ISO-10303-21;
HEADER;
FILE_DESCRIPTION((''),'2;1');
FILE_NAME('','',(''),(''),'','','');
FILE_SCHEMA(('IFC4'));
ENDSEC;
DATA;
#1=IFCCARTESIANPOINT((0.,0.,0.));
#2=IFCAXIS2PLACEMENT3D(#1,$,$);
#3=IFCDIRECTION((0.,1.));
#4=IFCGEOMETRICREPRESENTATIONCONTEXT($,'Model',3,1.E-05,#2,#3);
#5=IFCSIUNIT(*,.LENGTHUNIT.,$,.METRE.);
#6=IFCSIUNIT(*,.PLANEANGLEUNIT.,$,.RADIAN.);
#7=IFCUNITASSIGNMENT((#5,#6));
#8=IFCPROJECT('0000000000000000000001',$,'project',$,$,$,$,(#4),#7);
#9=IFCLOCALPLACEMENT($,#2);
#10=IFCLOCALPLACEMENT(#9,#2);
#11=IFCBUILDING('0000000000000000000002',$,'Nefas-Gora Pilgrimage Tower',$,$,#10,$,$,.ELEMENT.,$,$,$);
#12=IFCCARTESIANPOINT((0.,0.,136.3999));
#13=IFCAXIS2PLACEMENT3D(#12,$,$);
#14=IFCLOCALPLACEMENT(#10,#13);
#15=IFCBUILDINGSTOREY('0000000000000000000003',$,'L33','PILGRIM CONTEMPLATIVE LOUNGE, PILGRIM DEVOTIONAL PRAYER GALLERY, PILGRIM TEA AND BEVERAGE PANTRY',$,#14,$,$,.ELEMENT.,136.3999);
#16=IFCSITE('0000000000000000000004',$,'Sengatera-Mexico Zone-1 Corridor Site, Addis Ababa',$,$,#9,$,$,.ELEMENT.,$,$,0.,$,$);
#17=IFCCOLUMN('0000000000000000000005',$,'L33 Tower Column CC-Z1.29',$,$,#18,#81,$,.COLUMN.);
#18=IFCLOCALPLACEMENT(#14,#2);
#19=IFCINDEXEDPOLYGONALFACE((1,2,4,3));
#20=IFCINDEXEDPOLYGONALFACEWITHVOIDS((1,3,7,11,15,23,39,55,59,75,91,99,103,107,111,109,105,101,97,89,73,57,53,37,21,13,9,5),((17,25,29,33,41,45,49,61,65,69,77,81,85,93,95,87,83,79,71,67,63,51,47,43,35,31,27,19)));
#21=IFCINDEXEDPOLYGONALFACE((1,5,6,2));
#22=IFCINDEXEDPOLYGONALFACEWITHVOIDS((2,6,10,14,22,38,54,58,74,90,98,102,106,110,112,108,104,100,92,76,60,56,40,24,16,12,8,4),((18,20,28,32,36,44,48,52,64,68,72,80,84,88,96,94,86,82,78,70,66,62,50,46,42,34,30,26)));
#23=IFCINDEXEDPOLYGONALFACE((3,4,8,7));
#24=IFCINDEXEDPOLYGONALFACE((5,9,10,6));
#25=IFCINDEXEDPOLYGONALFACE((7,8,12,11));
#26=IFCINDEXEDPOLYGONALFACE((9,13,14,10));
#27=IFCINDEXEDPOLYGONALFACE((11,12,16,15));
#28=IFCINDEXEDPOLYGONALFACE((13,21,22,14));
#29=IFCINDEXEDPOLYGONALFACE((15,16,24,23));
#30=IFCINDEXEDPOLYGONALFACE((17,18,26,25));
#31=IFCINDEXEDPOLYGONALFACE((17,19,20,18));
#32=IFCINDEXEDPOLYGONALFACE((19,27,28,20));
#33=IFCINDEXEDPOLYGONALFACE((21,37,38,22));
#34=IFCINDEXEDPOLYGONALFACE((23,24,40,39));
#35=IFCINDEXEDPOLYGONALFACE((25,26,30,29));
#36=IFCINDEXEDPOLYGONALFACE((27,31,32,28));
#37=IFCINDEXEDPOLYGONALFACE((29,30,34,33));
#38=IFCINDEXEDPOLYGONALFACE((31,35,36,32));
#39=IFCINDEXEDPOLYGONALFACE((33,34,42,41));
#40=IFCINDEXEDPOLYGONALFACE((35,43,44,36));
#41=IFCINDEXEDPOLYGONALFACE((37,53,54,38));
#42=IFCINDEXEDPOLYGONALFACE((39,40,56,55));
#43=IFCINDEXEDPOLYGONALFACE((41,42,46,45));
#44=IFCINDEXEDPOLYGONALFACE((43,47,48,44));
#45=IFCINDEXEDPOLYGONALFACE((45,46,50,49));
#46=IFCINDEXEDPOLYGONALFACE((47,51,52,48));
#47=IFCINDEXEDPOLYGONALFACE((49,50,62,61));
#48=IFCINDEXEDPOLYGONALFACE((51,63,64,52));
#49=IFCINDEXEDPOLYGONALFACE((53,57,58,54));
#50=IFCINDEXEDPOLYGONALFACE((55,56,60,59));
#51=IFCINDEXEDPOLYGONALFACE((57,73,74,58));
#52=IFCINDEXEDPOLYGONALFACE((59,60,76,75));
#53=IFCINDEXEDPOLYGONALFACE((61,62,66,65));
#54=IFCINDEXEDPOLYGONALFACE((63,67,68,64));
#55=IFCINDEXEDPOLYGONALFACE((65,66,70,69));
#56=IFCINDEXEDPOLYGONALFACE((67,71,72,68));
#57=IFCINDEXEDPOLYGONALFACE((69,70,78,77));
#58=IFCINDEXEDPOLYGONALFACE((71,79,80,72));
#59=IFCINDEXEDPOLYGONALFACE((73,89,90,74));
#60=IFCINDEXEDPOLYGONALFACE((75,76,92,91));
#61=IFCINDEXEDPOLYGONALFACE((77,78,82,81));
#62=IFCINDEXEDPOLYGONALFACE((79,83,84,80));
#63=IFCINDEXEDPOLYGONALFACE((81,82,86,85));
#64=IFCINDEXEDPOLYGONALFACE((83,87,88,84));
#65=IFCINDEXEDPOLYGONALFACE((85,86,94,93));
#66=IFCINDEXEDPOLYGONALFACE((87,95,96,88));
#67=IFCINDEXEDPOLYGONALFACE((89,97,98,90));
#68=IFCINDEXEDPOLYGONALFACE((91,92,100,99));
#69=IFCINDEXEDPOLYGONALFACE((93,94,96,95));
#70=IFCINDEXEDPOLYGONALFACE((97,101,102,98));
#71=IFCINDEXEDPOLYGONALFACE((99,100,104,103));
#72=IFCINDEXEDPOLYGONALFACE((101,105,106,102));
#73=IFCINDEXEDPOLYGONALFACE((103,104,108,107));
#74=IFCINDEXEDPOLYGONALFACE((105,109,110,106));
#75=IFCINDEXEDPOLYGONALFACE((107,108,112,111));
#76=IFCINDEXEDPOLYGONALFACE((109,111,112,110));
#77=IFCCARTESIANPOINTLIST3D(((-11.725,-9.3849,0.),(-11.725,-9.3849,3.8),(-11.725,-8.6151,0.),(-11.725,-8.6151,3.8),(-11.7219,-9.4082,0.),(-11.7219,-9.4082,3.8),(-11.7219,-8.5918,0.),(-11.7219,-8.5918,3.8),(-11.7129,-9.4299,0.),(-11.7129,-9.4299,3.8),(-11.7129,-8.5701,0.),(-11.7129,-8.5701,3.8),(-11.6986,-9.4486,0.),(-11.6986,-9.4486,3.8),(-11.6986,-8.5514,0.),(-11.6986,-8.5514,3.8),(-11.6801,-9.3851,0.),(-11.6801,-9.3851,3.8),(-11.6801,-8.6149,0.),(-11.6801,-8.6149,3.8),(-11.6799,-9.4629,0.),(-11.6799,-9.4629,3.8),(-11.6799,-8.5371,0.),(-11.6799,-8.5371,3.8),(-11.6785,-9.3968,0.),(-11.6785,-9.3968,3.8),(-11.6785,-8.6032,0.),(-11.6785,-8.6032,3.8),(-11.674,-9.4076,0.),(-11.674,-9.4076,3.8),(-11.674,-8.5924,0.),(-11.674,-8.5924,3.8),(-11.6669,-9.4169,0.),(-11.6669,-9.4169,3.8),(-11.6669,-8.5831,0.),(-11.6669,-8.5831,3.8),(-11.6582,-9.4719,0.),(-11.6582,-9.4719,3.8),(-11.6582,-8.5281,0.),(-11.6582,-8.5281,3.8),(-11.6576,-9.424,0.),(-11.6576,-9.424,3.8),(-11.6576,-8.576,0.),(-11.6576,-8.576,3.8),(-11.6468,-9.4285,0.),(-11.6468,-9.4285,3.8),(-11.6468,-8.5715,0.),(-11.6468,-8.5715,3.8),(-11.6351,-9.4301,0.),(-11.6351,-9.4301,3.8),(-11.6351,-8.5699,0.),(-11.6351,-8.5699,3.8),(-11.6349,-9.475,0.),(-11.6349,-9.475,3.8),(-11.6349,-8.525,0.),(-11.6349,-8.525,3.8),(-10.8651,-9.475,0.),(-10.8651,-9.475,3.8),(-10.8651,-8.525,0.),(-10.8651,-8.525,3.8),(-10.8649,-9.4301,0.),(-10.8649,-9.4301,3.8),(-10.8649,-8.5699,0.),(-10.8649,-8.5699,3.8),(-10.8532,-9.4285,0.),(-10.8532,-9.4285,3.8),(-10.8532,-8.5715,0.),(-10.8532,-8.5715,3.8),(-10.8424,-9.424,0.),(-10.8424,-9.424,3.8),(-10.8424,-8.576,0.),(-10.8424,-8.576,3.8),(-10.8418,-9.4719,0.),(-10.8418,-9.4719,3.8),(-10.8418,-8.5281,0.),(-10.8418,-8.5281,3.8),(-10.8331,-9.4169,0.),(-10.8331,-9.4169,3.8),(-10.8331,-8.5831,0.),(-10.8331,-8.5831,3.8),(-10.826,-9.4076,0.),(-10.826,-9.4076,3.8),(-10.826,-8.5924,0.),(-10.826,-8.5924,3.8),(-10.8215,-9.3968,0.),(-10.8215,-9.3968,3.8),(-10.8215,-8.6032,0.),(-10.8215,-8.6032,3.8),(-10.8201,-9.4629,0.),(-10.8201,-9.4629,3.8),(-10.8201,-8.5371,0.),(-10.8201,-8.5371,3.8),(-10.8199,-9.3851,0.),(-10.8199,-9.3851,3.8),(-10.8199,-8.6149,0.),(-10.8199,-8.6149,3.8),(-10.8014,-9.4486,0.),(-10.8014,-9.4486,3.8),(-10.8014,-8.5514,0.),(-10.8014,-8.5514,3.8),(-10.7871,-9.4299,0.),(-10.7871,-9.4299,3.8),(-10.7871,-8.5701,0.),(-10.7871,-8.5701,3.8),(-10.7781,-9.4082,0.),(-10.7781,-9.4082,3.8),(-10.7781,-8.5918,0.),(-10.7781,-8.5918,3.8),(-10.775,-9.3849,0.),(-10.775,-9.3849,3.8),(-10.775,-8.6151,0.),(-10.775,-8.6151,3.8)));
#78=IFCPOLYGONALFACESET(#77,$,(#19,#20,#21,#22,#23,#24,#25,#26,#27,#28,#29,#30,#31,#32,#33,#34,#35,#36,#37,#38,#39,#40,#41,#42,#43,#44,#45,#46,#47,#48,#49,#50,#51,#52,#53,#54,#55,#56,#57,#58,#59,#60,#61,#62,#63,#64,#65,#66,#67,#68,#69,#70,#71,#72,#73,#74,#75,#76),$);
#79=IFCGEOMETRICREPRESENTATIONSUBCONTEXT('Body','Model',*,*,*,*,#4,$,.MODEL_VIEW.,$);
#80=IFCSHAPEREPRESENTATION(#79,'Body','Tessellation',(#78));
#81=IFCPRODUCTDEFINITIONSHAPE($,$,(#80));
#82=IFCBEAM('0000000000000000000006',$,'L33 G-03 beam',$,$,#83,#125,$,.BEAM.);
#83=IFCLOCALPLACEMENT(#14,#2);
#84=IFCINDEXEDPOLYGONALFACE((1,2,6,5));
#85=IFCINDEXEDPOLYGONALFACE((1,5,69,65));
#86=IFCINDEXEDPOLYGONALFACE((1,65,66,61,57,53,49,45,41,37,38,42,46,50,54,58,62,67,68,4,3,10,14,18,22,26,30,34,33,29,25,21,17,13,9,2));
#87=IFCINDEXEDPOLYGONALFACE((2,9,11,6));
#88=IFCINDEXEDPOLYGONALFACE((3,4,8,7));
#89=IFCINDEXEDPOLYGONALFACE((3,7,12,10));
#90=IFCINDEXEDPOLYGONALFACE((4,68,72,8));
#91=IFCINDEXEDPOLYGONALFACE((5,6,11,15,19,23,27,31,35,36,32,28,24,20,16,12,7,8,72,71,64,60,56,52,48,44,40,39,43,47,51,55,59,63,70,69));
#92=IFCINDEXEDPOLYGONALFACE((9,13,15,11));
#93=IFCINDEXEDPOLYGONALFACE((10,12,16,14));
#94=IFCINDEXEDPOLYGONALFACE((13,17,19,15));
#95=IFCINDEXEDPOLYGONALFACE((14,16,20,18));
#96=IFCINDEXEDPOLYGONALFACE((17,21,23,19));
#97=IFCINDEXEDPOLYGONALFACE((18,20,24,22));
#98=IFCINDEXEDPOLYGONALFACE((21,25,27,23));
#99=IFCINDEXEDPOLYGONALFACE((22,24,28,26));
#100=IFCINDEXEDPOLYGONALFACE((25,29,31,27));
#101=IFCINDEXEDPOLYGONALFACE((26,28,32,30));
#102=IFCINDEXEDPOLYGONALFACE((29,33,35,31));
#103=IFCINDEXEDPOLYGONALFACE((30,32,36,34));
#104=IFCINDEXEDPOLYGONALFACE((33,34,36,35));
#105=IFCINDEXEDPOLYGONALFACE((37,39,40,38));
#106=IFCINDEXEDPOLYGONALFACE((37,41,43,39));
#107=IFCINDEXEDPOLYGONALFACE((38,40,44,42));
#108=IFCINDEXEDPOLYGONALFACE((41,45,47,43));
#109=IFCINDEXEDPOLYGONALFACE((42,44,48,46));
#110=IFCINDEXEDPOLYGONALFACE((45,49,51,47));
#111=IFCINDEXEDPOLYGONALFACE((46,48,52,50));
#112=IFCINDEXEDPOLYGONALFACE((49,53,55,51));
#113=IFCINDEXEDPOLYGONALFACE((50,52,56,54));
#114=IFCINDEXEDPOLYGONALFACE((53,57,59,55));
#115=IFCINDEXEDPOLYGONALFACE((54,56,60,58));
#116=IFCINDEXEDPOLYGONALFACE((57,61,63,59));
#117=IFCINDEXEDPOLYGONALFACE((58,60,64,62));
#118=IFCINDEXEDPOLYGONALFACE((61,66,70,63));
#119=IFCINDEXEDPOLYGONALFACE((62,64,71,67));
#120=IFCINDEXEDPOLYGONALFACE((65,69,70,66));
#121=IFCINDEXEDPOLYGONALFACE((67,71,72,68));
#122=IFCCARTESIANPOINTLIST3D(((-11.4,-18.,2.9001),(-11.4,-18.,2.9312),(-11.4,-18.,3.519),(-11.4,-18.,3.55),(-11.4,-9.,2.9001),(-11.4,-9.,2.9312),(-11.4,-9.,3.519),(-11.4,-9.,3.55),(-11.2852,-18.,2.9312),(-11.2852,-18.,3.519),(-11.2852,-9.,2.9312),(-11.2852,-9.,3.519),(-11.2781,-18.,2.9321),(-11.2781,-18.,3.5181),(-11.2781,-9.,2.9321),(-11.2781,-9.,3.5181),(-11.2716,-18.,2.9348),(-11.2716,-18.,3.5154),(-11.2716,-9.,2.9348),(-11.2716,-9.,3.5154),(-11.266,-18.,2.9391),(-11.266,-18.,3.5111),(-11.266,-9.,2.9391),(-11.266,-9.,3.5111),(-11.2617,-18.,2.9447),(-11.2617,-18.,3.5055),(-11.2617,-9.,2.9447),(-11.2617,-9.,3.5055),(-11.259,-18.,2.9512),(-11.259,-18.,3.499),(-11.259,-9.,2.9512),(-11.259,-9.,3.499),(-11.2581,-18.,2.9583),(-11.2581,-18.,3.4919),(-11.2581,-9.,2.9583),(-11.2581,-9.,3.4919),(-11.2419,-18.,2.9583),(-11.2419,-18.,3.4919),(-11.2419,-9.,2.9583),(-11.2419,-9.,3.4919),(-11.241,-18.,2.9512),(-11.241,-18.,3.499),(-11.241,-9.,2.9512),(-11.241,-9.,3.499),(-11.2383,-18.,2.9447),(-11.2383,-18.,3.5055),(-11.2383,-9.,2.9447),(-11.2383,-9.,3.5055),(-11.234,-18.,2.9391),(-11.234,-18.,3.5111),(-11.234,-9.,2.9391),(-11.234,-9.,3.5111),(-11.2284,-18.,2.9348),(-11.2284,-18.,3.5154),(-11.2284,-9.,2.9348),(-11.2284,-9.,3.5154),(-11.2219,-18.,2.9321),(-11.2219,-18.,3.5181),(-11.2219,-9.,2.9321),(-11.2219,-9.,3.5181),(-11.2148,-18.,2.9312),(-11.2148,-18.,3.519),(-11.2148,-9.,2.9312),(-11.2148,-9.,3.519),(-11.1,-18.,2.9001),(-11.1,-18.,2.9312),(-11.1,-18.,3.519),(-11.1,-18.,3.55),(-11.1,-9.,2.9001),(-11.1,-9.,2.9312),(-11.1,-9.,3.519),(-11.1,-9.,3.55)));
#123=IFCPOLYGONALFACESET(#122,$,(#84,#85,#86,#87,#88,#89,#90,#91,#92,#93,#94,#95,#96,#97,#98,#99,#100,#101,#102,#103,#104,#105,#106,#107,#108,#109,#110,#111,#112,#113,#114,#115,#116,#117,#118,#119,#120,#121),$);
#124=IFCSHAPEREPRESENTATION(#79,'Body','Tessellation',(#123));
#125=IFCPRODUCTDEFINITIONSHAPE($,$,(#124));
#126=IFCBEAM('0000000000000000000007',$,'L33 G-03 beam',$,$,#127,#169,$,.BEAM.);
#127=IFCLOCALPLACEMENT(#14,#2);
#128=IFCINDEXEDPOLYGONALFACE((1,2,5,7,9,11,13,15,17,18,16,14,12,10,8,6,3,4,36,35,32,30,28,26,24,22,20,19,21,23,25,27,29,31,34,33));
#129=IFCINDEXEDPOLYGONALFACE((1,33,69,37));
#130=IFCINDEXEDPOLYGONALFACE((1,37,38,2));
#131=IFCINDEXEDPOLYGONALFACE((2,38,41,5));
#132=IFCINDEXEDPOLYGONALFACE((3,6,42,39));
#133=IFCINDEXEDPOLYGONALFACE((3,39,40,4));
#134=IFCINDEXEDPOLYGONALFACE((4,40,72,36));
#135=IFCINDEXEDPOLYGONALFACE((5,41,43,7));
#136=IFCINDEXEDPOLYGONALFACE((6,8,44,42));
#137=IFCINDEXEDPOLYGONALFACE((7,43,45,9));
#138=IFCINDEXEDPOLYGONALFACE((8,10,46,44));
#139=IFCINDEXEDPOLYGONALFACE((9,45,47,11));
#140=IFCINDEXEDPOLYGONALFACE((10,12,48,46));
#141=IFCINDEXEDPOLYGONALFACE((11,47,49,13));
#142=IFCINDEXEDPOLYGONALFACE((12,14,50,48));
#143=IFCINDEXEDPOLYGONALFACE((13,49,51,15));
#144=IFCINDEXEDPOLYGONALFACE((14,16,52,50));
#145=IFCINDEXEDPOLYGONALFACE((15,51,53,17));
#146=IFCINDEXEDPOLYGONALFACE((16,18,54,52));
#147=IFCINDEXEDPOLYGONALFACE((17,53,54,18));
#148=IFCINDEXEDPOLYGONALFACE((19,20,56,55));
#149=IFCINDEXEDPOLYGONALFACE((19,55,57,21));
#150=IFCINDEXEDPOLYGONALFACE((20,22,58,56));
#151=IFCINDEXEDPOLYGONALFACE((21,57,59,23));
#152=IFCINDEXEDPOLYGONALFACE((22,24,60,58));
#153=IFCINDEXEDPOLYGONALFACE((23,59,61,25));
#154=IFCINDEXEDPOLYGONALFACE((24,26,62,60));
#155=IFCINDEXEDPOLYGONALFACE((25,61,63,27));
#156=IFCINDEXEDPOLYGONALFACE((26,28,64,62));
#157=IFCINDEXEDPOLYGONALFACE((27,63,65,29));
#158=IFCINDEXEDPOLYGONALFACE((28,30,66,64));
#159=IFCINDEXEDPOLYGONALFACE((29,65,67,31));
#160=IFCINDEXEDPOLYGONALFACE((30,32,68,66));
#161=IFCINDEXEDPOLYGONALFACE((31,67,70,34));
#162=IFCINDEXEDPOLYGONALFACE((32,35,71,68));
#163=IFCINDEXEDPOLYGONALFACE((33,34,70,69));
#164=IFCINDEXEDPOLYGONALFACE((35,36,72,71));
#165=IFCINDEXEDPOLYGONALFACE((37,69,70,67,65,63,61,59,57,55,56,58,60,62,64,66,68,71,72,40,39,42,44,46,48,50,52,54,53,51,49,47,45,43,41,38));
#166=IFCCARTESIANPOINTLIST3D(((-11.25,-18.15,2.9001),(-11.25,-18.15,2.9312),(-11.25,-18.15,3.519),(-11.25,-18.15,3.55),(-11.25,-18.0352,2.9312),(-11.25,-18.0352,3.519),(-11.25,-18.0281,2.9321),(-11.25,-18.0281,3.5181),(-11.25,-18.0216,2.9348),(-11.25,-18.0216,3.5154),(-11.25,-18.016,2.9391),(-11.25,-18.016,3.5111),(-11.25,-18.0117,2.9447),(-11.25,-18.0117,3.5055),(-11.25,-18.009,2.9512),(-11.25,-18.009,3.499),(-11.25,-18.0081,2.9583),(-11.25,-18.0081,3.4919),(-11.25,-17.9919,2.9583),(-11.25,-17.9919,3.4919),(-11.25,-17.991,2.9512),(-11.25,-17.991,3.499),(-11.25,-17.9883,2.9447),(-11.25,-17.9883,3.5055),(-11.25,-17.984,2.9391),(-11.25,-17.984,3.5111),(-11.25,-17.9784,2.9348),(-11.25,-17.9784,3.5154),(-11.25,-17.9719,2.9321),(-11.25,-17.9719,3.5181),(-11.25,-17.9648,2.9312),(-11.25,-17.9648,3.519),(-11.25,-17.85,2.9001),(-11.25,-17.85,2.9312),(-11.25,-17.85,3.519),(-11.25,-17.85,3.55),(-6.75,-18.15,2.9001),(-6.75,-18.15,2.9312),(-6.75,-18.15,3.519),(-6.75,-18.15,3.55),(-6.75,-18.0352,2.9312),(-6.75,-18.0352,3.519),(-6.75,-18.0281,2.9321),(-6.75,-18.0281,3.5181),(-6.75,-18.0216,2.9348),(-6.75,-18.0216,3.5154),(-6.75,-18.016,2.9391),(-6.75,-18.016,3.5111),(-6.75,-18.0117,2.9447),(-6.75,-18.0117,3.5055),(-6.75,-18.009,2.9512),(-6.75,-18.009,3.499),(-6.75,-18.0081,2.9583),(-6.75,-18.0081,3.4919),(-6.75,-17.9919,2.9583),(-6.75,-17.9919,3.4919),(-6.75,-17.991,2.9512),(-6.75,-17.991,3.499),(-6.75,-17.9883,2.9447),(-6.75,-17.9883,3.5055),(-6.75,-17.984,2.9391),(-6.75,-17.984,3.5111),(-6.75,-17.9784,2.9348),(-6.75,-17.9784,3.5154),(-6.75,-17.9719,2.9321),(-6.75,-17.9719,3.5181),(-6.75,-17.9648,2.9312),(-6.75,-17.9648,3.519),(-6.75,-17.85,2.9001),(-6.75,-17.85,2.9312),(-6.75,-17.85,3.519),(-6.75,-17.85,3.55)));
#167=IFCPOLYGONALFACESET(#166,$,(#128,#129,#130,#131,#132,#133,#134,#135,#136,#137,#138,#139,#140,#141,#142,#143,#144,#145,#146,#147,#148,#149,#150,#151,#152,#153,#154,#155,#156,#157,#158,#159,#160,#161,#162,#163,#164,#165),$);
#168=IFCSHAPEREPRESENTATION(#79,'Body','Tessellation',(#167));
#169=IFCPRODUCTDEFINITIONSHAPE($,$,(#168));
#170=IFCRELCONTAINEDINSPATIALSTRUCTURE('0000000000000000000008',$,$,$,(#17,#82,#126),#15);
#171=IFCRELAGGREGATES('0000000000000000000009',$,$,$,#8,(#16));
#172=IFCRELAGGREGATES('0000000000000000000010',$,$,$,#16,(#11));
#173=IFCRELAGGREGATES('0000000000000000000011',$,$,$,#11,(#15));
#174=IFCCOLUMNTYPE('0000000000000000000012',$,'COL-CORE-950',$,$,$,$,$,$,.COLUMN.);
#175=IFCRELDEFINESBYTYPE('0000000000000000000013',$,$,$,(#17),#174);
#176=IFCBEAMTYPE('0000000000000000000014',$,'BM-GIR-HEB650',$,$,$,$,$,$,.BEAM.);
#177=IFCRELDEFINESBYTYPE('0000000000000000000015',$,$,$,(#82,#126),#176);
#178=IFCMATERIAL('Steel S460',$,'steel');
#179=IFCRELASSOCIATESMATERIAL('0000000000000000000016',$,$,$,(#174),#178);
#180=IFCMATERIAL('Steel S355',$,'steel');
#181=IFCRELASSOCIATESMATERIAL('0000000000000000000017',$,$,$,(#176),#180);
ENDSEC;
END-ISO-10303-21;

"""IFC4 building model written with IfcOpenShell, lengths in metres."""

from ifc_helpers import new_model, si_unit, direction, frame, origin, origin_2d, place, context, subcontext, project, spatial, hollow_rectangle, i_section, extrude, source, transform, mapped, material, material_profile, profile_set, type_object, element, save


model = new_model("IFC4")

# Units and contexts
model_context = context("Model", 3, precision=1e-05, world=origin(), true_north=direction((0.0, 1.0)))
body_context = subcontext(model_context, "Body", "Model", "MODEL_VIEW")
ifc_project = project(units=[si_unit("LENGTHUNIT", "METRE"), si_unit("PLANEANGLEUNIT", "RADIAN")], contexts=[model_context])

# Site, building, storey
site_placement = place(None, origin())
site = spatial("IfcSite", under=ifc_project, at=site_placement, Name="Sengatera-Mexico Zone-1 Corridor Site, Addis Ababa", CompositionType="ELEMENT", RefElevation=0.0)
building_placement = place(site_placement, origin())
building = spatial("IfcBuilding", under=site, at=building_placement, Name="Nefas-Gora Pilgrimage Tower", CompositionType="ELEMENT")
storey_placement = place(building_placement, frame((0.0, 0.0, 136.3999)))
storey = spatial("IfcBuildingStorey", under=building, at=storey_placement, Name="L33", Description="PILGRIM CONTEMPLATIVE LOUNGE, PILGRIM DEVOTIONAL PRAYER GALLERY, PILGRIM TEA AND BEVERAGE PANTRY", CompositionType="ELEMENT", Elevation=136.3999)

# Column
ifc_material_1 = material(Name="Steel S460", Category="steel")
ifc_material_profile_1 = material_profile(ifc_material_1, hollow_rectangle(XDim=0.95, YDim=0.95, WallThickness=0.0449, InnerFilletRadius=0.0449, OuterFilletRadius=0.0901, at=origin_2d()), Name="BOX 950x950x45")
ifc_profile_set_1 = profile_set([ifc_material_profile_1], Name="Steel S460")
column_type_1 = type_object("IfcColumnType", Name="COL-CORE-950", PredefinedType="COLUMN", material=ifc_profile_set_1)
shared_shape_1 = source(origin(), body_context, "Body", "SweptSolid", [
    extrude(hollow_rectangle(XDim=0.95, YDim=0.95, WallThickness=0.0449, InnerFilletRadius=0.0449, OuterFilletRadius=0.0901, at=origin_2d()), origin(), (0.0, 0.0, 1.0), 3.8),
])
column_placement = place(storey_placement, frame((-11.25, -9.0, 0.0), z_axis=(0.0, 0.0, 1.0), x_axis=(1.0, 0.0, 0.0)))
element("IfcColumn", 1, at=column_placement, inside=storey, type_object=column_type_1, Name="L33 Tower Column CC-Z1.29", PredefinedType="COLUMN", context=body_context, shape_type="MappedRepresentation", body=[
    mapped(shared_shape_1, transform((0.0, 0.0, 0.0), x_axis=(1.0, 0.0, 0.0), y_axis=(0.0, 1.0, 0.0), z_axis=(0.0, 0.0, 1.0), scale=1.0)),
])

# Beams
ifc_material_2 = material(Name="Steel S355", Category="steel")
ifc_material_profile_2 = material_profile(ifc_material_2, i_section(OverallWidth=0.3, OverallDepth=0.6499, WebThickness=0.0161, FlangeThickness=0.031, FilletRadius=0.0271, at=origin_2d()), Name="HEB 650")
ifc_profile_set_2 = profile_set([ifc_material_profile_2], Name="Steel S355")
beam_type = type_object("IfcBeamType", Name="BM-GIR-HEB650", PredefinedType="BEAM", material=ifc_profile_set_2)
shared_shape_2 = source(origin(), body_context, "Body", "SweptSolid", [
    extrude(i_section(OverallWidth=0.3, OverallDepth=0.6499, WebThickness=0.0161, FlangeThickness=0.031, FilletRadius=0.0271, at=origin_2d()), origin(), (0.0, 0.0, 1.0), 9.0),
])
beam_placement = place(storey_placement, frame((-11.25, -18.0, 3.2251), z_axis=(0.0, 1.0, 0.0), x_axis=(-1.0, 0.0, 0.0)))
element("IfcBeam", 2, at=beam_placement, inside=storey, type_object=beam_type, Name="L33 G-03 beam", PredefinedType="BEAM", context=body_context, shape_type="MappedRepresentation", body=[
    mapped(shared_shape_2, transform((0.0, 0.0, 0.0), x_axis=(1.0, 0.0, 0.0), y_axis=(0.0, 1.0, 0.0), z_axis=(0.0, 0.0, 1.0), scale=1.0)),
])
shared_shape_3 = source(origin(), body_context, "Body", "SweptSolid", [
    extrude(i_section(OverallWidth=0.3, OverallDepth=0.6499, WebThickness=0.0161, FlangeThickness=0.031, FilletRadius=0.0271, at=origin_2d()), origin(), (0.0, 0.0, 1.0), 4.5),
])
for number, where, z_axis, x_axis, name in (
    (3, (-11.25, -18.0, 3.2251), (1.0, 0.0, 0.0), (0.0, 1.0, 0.0), "L33 G-03 beam"),
):
    element("IfcBeam", number, at=place(storey_placement, frame(where, z_axis=z_axis, x_axis=x_axis)), inside=storey, type_object=beam_type, Name=name, PredefinedType="BEAM", context=body_context, shape_type="MappedRepresentation", body=[
        mapped(shared_shape_3, transform((0.0, 0.0, 0.0), x_axis=(1.0, 0.0, 0.0), y_axis=(0.0, 1.0, 0.0), z_axis=(0.0, 0.0, 1.0), scale=1.0)),
    ])

save(model, "model.ifc")
